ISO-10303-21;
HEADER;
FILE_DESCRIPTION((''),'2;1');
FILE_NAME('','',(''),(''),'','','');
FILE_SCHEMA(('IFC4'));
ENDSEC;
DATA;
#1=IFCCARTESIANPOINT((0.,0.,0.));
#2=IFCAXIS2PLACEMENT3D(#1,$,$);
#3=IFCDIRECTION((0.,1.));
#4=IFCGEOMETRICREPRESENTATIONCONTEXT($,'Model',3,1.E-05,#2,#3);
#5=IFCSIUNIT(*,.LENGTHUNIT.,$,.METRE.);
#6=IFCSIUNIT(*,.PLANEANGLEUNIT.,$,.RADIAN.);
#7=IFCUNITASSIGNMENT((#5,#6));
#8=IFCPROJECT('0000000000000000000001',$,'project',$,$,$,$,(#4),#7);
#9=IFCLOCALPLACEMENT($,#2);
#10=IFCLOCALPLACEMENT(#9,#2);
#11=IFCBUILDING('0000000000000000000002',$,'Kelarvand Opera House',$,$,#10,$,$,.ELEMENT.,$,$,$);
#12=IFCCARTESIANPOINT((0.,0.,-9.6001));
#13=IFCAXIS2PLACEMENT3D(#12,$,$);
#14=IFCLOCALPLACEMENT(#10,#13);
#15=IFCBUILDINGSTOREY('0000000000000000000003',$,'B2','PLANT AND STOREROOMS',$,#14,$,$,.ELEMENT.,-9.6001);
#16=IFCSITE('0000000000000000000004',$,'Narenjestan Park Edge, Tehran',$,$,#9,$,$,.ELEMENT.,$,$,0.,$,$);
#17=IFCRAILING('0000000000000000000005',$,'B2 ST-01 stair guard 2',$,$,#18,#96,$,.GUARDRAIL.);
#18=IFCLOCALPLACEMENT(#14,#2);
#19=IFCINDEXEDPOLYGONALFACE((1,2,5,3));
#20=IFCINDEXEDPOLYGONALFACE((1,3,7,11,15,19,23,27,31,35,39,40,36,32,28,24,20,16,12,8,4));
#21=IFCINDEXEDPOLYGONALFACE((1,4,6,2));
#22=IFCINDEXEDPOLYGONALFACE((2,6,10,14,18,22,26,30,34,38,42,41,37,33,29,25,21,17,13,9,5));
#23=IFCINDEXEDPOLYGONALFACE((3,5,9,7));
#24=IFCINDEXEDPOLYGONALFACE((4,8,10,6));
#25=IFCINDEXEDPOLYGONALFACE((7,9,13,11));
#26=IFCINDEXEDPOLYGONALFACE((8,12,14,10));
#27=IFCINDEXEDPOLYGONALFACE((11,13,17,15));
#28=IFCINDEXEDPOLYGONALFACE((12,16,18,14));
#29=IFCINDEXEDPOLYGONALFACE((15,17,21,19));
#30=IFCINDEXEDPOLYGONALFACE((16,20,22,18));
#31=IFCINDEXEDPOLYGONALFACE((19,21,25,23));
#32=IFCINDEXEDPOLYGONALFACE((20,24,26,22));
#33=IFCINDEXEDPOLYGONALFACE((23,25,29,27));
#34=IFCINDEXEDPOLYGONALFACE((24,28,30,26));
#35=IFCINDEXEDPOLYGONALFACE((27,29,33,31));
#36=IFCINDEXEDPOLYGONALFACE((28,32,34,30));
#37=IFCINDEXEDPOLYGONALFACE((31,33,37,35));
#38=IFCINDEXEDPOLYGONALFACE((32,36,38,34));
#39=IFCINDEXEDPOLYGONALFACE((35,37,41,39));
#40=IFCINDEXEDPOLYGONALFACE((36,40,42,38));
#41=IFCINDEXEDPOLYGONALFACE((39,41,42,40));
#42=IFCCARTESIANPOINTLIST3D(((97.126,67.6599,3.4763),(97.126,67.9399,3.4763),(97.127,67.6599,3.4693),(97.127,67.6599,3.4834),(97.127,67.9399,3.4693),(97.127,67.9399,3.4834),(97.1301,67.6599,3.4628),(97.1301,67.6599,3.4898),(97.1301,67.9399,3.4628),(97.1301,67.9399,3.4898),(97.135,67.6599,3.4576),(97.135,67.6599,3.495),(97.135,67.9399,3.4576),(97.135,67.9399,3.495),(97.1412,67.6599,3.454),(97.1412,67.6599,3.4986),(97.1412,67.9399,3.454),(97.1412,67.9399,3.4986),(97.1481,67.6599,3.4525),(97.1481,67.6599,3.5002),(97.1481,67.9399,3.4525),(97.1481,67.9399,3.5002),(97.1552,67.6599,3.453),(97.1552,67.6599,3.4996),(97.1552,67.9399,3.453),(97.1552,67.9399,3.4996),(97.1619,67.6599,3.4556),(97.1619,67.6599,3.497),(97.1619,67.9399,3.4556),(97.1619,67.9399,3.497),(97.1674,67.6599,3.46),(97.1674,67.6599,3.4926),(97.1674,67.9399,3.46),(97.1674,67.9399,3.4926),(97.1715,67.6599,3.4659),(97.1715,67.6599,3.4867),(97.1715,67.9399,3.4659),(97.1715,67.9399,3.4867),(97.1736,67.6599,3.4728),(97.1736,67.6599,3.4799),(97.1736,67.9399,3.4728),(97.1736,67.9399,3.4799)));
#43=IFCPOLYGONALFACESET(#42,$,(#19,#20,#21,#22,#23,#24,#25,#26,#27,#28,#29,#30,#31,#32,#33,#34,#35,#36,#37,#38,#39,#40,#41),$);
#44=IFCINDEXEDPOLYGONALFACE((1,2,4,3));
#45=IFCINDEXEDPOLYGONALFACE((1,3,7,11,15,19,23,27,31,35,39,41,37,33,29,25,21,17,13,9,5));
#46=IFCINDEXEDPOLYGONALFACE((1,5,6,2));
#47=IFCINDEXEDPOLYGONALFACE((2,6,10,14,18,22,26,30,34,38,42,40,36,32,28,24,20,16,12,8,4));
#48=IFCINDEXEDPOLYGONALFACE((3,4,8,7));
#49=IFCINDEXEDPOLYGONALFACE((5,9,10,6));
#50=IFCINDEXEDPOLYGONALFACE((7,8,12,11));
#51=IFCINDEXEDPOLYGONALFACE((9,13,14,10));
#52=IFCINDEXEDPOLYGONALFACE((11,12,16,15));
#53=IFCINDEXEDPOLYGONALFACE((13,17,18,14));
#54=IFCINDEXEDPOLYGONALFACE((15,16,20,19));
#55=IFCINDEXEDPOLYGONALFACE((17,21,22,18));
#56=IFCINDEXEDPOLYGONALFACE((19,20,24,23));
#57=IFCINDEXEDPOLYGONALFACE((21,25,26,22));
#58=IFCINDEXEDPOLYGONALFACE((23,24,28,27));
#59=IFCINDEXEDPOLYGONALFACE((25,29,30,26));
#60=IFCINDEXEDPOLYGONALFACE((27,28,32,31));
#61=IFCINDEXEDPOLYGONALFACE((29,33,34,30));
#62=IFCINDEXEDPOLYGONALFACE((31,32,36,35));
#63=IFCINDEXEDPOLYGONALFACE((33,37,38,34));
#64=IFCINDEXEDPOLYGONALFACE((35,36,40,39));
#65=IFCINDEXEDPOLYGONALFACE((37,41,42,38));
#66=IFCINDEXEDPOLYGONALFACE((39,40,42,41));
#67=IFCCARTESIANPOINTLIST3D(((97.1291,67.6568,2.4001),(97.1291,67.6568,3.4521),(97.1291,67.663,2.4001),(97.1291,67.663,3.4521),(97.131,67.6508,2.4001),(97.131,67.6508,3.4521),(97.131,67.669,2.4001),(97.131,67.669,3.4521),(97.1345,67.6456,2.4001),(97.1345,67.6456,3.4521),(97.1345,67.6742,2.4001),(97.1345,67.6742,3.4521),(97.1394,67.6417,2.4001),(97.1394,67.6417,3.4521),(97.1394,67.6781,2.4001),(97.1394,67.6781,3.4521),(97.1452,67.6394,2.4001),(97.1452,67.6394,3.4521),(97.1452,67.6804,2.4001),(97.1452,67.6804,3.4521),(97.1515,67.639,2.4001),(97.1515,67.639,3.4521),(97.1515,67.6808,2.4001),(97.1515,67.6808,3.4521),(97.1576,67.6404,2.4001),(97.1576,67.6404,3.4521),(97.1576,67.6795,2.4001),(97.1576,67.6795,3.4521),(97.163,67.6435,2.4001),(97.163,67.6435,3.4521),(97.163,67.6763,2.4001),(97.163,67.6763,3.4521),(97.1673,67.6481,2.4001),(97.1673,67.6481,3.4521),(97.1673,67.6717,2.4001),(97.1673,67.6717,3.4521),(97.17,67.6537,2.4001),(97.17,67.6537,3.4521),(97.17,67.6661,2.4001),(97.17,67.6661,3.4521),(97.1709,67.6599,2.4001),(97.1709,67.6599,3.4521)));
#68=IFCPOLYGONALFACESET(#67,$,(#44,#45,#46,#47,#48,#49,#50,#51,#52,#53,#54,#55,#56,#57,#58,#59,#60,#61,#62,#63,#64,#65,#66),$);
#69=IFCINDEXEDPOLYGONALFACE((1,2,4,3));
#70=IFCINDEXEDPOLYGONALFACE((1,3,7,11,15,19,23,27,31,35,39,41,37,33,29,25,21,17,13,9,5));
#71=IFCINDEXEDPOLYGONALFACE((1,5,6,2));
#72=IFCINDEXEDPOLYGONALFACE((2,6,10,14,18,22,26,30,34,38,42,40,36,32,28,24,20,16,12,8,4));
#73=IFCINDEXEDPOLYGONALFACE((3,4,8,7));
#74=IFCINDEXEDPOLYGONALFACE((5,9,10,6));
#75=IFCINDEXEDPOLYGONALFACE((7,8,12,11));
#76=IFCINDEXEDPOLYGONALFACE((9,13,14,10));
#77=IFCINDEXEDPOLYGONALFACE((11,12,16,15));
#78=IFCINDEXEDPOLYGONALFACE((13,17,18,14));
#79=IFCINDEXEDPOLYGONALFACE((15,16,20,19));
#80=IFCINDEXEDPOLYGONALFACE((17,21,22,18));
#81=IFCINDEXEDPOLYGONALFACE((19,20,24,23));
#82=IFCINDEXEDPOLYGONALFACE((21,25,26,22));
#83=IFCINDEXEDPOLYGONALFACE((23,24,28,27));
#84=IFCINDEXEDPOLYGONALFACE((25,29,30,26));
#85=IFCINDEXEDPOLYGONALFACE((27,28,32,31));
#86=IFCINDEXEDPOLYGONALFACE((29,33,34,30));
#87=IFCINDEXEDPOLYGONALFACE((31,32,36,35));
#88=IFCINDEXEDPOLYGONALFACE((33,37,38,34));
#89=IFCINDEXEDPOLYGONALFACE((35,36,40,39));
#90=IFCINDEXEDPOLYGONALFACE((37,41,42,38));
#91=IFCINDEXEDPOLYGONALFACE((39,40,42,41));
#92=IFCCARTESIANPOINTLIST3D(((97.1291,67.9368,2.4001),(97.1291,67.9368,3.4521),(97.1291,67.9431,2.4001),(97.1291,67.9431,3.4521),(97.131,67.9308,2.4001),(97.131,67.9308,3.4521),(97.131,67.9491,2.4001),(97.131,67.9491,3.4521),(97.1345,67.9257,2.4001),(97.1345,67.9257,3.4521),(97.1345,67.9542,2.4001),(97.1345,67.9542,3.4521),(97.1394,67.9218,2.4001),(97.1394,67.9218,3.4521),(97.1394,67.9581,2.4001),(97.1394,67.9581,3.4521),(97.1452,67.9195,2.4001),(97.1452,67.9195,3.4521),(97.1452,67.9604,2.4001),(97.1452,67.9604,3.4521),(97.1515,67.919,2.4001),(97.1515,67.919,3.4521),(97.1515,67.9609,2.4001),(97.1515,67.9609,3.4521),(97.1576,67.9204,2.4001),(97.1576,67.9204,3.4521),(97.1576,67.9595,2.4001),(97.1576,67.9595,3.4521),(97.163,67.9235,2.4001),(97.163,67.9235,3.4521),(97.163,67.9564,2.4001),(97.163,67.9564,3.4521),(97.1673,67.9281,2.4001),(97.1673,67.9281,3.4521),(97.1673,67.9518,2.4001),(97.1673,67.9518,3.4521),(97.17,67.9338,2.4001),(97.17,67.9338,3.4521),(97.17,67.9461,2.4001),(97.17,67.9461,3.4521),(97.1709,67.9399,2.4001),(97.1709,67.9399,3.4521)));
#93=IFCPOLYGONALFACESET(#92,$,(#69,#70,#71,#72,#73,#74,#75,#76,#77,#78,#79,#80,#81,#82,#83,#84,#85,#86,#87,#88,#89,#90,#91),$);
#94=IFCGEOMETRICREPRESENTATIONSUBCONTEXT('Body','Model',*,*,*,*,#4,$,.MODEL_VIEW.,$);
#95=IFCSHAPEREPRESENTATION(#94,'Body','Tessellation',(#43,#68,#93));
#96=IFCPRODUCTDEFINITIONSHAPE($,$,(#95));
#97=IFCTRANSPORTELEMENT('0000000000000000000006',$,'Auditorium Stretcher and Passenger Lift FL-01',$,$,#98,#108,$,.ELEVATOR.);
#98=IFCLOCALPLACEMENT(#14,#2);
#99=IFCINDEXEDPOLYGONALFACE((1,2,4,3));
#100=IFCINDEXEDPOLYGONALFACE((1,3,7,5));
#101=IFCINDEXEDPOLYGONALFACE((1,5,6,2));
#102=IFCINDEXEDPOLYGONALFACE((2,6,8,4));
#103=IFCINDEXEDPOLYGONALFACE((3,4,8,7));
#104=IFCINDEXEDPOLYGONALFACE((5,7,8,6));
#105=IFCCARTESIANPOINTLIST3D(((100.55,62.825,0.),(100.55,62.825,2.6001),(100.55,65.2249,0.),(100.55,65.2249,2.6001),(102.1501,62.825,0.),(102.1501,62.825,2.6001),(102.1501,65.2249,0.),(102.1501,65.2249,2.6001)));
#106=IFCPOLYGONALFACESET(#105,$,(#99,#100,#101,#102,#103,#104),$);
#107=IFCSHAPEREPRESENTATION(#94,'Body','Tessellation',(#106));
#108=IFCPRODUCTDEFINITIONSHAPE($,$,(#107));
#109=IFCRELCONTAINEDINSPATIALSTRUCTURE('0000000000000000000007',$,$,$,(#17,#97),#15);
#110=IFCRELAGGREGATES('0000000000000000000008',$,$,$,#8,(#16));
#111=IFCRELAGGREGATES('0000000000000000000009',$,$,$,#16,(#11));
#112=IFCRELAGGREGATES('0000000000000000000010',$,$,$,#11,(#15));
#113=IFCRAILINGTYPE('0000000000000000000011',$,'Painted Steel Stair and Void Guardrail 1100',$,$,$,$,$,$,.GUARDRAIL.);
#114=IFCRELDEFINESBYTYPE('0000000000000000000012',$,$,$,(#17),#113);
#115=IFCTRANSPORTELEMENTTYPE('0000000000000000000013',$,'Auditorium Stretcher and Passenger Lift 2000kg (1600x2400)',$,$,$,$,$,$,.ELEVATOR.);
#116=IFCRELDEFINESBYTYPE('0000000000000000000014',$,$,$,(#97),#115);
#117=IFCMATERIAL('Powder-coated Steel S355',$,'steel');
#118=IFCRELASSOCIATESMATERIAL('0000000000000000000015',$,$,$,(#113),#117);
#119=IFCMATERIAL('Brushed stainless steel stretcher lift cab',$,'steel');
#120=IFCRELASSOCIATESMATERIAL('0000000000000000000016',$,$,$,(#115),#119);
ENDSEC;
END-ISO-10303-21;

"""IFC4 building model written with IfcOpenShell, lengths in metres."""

from ifc_helpers import new_model, si_unit, direction, frame, origin, origin_2d, place, context, subcontext, project, spatial, rectangle, circle, extrude, material, type_object, element, save


model = new_model("IFC4")

# Units and contexts
model_context = context("Model", 3, precision=1e-05, world=origin(), true_north=direction((0.0, 1.0)))
body_context = subcontext(model_context, "Body", "Model", "MODEL_VIEW")
ifc_project = project(units=[si_unit("LENGTHUNIT", "METRE"), si_unit("PLANEANGLEUNIT", "RADIAN")], contexts=[model_context])

# Site, building, storey
site_placement = place(None, origin())
site = spatial("IfcSite", under=ifc_project, at=site_placement, Name="Narenjestan Park Edge, Tehran", CompositionType="ELEMENT", RefElevation=0.0)
building_placement = place(site_placement, origin())
building = spatial("IfcBuilding", under=site, at=building_placement, Name="Kelarvand Opera House", CompositionType="ELEMENT")
storey_placement = place(building_placement, frame((0.0, 0.0, -9.6001)))
storey = spatial("IfcBuildingStorey", under=building, at=storey_placement, Name="B2", Description="PLANT AND STOREROOMS", CompositionType="ELEMENT", Elevation=-9.6001)

# Railing
ifc_material_1 = material(Name="Powder-coated Steel S355", Category="steel")
railing_type_1 = type_object("IfcRailingType", Name="Painted Steel Stair and Void Guardrail 1100", PredefinedType="GUARDRAIL", material=ifc_material_1)
railing_1_placement = place(storey_placement, frame((97.1499, 67.6599, 2.4001)))
element("IfcRailing", 1, at=railing_1_placement, inside=storey, type_object=railing_type_1, Name="B2 ST-01 stair guard 2", PredefinedType="GUARDRAIL", context=body_context, shape_type="SweptSolid", body=[
    extrude(circle(Radius=0.0239, at=origin_2d()), frame((0.0, 0.0, 1.0762), z_axis=(0.0, 1.0, 0.0), x_axis=(-1.0, 0.0, 0.0)), (0.0, 0.0, 1.0), 0.28),
    extrude(circle(Radius=0.021, at=origin_2d()), origin(), (0.0, 0.0, 1.0), 1.052),
    extrude(circle(Radius=0.021, at=origin_2d()), frame((0.0, 0.28, 0.0)), (0.0, 0.0, 1.0), 1.052),
])

# Transport element
ifc_material_2 = material(Name="Brushed stainless steel stretcher lift cab", Category="steel")
transport_element_type = type_object("IfcTransportElementType", Name="Auditorium Stretcher and Passenger Lift 2000kg (1600x2400)", PredefinedType="ELEVATOR", material=ifc_material_2)
transport_element_placement = place(storey_placement, frame((101.3501, 64.0249, 0.0), z_axis=(0.0, 0.0, 1.0), x_axis=(1.0, 0.0, 0.0)))
element("IfcTransportElement", 2, at=transport_element_placement, inside=storey, type_object=transport_element_type, Name="Auditorium Stretcher and Passenger Lift FL-01", PredefinedType="ELEVATOR", context=body_context, shape_type="SweptSolid", body=[
    extrude(rectangle(XDim=1.6001, YDim=2.3999, at=origin_2d()), origin(), (0.0, 0.0, 1.0), 2.6001),
])

save(model, "model.ifc")
